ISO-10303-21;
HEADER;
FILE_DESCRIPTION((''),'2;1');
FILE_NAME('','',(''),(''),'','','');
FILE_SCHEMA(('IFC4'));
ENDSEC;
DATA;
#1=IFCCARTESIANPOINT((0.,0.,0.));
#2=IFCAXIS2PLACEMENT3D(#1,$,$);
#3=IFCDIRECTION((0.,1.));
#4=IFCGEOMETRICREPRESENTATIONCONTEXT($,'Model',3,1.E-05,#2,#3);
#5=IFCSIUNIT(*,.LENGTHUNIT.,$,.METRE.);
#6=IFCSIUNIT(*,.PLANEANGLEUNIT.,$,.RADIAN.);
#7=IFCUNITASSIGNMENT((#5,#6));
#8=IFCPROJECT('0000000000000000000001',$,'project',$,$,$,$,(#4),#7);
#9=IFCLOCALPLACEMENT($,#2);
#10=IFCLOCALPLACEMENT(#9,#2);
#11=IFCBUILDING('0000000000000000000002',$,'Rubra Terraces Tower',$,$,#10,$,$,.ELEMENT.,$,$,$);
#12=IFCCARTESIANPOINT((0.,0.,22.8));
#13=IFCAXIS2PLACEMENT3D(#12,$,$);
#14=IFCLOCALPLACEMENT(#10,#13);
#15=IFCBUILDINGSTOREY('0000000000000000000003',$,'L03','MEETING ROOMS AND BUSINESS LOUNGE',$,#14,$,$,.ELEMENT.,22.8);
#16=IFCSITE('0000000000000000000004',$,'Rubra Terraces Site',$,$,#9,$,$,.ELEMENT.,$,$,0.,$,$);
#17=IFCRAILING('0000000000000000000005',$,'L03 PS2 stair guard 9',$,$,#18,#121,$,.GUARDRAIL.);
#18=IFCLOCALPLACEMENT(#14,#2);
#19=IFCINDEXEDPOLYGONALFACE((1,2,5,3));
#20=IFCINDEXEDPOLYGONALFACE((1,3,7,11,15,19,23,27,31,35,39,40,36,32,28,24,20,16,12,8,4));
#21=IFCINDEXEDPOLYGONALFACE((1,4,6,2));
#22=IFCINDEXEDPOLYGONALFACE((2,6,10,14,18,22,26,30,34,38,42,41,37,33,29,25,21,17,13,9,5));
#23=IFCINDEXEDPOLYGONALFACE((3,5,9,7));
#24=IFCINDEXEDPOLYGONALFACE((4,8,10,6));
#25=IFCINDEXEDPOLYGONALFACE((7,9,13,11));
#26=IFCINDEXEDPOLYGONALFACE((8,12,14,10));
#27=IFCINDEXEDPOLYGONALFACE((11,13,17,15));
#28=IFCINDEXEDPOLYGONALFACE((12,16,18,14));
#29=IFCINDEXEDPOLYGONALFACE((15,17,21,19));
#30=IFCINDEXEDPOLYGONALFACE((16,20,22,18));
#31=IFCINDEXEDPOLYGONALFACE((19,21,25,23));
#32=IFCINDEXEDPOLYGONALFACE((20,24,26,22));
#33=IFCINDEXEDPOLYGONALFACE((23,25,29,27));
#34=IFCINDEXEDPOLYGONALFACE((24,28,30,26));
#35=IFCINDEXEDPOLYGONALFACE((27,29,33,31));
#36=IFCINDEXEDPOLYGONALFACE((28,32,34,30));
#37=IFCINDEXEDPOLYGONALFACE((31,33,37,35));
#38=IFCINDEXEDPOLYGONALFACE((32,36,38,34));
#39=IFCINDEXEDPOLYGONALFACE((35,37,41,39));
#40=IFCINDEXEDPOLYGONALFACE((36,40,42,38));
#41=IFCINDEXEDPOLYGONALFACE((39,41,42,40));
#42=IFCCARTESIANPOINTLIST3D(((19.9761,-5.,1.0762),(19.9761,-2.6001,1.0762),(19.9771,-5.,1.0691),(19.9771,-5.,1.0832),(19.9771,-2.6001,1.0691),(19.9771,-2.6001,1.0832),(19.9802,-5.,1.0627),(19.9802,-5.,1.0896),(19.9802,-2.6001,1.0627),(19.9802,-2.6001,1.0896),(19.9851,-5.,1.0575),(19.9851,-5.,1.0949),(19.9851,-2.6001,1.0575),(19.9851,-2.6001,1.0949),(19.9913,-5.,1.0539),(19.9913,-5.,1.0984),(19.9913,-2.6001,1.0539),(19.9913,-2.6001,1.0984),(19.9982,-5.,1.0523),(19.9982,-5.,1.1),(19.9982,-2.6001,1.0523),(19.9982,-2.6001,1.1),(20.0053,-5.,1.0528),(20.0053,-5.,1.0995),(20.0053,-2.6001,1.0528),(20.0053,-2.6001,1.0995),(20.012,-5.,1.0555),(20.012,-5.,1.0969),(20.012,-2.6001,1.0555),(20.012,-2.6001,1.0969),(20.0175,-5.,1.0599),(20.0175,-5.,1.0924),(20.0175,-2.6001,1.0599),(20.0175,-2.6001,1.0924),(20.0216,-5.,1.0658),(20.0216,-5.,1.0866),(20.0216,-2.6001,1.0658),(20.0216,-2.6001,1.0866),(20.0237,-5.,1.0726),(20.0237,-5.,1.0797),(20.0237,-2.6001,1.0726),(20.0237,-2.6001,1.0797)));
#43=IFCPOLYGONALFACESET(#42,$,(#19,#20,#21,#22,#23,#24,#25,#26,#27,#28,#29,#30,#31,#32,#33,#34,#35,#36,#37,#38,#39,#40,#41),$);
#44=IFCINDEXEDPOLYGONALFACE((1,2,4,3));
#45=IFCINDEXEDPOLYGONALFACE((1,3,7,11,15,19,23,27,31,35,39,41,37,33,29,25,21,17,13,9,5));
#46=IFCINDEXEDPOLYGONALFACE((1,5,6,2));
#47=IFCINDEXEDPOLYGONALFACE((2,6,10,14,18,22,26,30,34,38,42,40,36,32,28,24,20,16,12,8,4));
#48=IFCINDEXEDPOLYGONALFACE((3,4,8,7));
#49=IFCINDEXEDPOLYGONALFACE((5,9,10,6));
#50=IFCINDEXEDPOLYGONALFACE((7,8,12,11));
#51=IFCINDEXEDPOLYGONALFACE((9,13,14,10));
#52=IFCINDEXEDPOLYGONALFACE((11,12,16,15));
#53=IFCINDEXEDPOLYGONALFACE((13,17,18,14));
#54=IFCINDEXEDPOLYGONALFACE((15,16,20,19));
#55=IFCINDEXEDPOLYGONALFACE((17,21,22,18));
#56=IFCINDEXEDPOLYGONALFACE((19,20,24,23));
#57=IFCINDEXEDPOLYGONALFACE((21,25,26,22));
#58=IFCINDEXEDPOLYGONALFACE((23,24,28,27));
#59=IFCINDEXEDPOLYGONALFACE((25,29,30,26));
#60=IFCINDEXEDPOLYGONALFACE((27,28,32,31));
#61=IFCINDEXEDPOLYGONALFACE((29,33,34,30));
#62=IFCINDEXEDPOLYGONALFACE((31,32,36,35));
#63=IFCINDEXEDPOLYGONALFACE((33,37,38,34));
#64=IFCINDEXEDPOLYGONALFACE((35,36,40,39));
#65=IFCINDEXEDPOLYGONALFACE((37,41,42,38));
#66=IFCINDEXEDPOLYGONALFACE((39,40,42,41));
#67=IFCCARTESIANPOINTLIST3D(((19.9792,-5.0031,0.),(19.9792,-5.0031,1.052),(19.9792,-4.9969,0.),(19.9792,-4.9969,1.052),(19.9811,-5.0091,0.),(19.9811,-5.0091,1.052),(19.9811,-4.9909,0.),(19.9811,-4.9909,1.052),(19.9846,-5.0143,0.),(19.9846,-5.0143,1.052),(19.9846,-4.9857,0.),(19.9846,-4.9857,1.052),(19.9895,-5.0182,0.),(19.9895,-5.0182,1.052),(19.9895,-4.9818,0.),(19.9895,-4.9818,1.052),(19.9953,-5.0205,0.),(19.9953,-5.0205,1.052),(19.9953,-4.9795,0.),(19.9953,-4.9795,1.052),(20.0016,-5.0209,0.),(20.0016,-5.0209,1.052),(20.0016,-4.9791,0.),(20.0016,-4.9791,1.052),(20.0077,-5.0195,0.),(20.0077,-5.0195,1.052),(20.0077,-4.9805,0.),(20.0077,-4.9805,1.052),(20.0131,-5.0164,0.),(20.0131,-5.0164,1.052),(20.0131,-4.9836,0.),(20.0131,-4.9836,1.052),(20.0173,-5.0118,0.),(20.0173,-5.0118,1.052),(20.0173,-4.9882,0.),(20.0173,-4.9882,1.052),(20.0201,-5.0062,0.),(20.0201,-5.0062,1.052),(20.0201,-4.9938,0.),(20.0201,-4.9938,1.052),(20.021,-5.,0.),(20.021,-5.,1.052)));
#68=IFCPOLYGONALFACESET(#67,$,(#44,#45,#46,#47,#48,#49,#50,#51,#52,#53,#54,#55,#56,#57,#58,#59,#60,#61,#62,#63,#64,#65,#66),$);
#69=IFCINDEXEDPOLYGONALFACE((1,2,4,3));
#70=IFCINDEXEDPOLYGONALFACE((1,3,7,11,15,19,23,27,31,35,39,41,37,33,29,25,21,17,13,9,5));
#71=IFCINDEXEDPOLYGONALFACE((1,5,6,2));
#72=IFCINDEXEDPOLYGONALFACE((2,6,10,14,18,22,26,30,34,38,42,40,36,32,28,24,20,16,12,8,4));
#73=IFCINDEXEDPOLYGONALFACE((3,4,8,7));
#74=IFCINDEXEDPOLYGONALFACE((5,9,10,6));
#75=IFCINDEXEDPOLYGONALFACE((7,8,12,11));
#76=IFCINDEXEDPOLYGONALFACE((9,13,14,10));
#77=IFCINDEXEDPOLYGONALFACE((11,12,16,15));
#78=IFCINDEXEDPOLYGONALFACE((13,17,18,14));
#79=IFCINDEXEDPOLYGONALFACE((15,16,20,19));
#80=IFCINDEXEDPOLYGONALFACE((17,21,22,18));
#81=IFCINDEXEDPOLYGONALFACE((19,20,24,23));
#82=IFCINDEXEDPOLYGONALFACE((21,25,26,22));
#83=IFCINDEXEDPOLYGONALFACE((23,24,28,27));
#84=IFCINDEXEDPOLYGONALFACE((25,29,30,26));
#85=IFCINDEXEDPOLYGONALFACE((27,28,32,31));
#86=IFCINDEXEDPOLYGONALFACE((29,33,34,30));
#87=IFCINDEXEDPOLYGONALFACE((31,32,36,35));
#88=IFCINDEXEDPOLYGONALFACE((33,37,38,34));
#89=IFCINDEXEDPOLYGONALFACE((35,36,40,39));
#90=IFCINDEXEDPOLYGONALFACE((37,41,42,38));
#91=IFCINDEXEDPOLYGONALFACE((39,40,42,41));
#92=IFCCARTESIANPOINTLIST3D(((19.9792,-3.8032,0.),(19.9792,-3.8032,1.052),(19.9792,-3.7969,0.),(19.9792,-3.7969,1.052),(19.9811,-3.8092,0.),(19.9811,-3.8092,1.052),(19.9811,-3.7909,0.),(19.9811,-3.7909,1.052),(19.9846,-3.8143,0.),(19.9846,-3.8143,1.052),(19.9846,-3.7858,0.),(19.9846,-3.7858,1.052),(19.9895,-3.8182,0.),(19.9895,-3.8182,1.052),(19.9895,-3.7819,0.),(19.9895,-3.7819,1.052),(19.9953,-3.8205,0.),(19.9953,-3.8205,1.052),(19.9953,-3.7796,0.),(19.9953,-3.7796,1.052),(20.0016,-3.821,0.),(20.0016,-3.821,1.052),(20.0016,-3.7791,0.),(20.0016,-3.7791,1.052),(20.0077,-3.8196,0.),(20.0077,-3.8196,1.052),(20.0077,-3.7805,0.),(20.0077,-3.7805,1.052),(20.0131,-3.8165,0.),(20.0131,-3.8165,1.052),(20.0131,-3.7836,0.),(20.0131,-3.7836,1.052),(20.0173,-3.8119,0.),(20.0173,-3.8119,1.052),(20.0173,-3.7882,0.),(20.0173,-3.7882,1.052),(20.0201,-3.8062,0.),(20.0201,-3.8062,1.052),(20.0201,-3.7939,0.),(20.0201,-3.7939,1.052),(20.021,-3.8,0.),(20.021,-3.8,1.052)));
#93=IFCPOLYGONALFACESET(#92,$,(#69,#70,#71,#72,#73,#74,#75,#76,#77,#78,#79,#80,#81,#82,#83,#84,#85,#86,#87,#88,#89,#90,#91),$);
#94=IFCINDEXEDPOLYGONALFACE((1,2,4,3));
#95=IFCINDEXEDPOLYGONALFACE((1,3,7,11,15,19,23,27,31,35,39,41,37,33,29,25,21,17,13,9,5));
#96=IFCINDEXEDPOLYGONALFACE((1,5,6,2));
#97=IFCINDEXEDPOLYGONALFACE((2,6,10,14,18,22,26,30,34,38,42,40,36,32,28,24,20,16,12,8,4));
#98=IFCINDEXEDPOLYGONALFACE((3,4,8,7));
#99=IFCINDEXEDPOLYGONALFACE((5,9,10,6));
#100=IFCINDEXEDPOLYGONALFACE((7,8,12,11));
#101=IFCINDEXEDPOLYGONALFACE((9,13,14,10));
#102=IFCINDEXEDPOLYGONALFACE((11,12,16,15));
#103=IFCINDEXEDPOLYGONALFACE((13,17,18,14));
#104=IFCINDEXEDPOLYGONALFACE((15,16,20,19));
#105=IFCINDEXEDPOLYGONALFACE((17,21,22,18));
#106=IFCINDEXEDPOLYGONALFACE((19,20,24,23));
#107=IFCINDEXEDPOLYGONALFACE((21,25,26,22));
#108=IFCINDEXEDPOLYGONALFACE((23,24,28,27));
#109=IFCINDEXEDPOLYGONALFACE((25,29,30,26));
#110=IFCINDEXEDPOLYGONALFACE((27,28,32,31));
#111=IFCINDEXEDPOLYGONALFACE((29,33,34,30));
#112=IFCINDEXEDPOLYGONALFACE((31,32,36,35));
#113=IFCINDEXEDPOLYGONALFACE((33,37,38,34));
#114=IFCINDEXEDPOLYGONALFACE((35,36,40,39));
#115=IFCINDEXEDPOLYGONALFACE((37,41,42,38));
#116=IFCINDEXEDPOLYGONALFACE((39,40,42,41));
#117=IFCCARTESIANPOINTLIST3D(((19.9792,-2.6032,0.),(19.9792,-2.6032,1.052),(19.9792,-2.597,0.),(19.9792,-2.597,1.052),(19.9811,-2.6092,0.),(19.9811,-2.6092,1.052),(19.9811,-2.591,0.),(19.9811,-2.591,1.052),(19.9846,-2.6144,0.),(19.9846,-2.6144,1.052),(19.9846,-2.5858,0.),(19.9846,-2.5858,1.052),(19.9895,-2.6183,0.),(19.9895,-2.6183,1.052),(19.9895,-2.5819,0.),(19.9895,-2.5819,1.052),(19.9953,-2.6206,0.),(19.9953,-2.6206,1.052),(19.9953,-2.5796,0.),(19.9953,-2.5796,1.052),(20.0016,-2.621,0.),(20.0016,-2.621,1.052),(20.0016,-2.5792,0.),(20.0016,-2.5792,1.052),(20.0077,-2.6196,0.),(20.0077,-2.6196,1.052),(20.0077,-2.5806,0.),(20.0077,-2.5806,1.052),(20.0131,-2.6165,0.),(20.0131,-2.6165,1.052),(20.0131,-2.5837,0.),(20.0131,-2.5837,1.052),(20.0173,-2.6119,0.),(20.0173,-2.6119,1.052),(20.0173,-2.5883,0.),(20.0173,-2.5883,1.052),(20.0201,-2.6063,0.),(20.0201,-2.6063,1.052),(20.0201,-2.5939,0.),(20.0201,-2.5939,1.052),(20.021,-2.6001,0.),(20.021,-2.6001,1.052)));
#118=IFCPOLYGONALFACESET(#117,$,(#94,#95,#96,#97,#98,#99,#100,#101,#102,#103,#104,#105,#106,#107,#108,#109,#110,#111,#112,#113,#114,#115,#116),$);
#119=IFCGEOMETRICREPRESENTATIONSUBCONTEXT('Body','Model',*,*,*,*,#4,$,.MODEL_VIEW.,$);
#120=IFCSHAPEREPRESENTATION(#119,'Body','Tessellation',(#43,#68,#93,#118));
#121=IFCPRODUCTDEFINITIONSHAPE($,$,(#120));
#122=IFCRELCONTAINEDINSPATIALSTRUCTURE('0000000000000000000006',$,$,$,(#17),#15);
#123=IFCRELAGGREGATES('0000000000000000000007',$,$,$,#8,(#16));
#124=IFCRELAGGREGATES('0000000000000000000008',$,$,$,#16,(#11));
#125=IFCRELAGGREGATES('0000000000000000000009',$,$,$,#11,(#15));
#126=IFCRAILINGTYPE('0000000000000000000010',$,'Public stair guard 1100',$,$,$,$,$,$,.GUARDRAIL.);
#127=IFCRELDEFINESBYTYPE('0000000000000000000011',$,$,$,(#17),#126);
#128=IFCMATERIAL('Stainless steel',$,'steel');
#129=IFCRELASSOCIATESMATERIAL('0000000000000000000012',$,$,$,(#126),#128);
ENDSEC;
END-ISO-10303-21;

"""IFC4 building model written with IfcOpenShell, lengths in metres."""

from ifc_helpers import new_model, si_unit, direction, frame, origin, origin_2d, place, context, subcontext, project, spatial, circle, extrude, material, type_object, element, save


model = new_model("IFC4")

# Units and contexts
model_context = context("Model", 3, precision=1e-05, world=origin(), true_north=direction((0.0, 1.0)))
body_context = subcontext(model_context, "Body", "Model", "MODEL_VIEW")
ifc_project = project(units=[si_unit("LENGTHUNIT", "METRE"), si_unit("PLANEANGLEUNIT", "RADIAN")], contexts=[model_context])

# Site, building, storey
site_placement = place(None, origin())
site = spatial("IfcSite", under=ifc_project, at=site_placement, Name="Rubra Terraces Site", CompositionType="ELEMENT", RefElevation=0.0)
building_placement = place(site_placement, origin())
building = spatial("IfcBuilding", under=site, at=building_placement, Name="Rubra Terraces Tower", CompositionType="ELEMENT")
storey_placement = place(building_placement, frame((0.0, 0.0, 22.8)))
storey = spatial("IfcBuildingStorey", under=building, at=storey_placement, Name="L03", Description="MEETING ROOMS AND BUSINESS LOUNGE", CompositionType="ELEMENT", Elevation=22.8)

# Railing
ifc_material_1 = material(Name="Stainless steel", Category="steel")
railing_type_1 = type_object("IfcRailingType", Name="Public stair guard 1100", PredefinedType="GUARDRAIL", material=ifc_material_1)
for number, where, name in (
    (1, (20.0, -5.0, 0.0), "L03 PS2 stair guard 9"),
):
    element("IfcRailing", number, at=place(storey_placement, frame(where)), inside=storey, type_object=railing_type_1, Name=name, PredefinedType="GUARDRAIL", context=body_context, shape_type="SweptSolid", body=[
        extrude(circle(Radius=0.0239, at=origin_2d()), frame((0.0, 0.0, 1.0762), z_axis=(0.0, 1.0, 0.0), x_axis=(-1.0, 0.0, 0.0)), (0.0, 0.0, 1.0), 2.3999),
        extrude(circle(Radius=0.021, at=origin_2d()), origin(), (0.0, 0.0, 1.0), 1.052),
        extrude(circle(Radius=0.021, at=origin_2d()), frame((0.0, 1.2, 0.0)), (0.0, 0.0, 1.0), 1.052),
        extrude(circle(Radius=0.021, at=origin_2d()), frame((0.0, 2.3999, 0.0)), (0.0, 0.0, 1.0), 1.052),
    ])

save(model, "model.ifc")
